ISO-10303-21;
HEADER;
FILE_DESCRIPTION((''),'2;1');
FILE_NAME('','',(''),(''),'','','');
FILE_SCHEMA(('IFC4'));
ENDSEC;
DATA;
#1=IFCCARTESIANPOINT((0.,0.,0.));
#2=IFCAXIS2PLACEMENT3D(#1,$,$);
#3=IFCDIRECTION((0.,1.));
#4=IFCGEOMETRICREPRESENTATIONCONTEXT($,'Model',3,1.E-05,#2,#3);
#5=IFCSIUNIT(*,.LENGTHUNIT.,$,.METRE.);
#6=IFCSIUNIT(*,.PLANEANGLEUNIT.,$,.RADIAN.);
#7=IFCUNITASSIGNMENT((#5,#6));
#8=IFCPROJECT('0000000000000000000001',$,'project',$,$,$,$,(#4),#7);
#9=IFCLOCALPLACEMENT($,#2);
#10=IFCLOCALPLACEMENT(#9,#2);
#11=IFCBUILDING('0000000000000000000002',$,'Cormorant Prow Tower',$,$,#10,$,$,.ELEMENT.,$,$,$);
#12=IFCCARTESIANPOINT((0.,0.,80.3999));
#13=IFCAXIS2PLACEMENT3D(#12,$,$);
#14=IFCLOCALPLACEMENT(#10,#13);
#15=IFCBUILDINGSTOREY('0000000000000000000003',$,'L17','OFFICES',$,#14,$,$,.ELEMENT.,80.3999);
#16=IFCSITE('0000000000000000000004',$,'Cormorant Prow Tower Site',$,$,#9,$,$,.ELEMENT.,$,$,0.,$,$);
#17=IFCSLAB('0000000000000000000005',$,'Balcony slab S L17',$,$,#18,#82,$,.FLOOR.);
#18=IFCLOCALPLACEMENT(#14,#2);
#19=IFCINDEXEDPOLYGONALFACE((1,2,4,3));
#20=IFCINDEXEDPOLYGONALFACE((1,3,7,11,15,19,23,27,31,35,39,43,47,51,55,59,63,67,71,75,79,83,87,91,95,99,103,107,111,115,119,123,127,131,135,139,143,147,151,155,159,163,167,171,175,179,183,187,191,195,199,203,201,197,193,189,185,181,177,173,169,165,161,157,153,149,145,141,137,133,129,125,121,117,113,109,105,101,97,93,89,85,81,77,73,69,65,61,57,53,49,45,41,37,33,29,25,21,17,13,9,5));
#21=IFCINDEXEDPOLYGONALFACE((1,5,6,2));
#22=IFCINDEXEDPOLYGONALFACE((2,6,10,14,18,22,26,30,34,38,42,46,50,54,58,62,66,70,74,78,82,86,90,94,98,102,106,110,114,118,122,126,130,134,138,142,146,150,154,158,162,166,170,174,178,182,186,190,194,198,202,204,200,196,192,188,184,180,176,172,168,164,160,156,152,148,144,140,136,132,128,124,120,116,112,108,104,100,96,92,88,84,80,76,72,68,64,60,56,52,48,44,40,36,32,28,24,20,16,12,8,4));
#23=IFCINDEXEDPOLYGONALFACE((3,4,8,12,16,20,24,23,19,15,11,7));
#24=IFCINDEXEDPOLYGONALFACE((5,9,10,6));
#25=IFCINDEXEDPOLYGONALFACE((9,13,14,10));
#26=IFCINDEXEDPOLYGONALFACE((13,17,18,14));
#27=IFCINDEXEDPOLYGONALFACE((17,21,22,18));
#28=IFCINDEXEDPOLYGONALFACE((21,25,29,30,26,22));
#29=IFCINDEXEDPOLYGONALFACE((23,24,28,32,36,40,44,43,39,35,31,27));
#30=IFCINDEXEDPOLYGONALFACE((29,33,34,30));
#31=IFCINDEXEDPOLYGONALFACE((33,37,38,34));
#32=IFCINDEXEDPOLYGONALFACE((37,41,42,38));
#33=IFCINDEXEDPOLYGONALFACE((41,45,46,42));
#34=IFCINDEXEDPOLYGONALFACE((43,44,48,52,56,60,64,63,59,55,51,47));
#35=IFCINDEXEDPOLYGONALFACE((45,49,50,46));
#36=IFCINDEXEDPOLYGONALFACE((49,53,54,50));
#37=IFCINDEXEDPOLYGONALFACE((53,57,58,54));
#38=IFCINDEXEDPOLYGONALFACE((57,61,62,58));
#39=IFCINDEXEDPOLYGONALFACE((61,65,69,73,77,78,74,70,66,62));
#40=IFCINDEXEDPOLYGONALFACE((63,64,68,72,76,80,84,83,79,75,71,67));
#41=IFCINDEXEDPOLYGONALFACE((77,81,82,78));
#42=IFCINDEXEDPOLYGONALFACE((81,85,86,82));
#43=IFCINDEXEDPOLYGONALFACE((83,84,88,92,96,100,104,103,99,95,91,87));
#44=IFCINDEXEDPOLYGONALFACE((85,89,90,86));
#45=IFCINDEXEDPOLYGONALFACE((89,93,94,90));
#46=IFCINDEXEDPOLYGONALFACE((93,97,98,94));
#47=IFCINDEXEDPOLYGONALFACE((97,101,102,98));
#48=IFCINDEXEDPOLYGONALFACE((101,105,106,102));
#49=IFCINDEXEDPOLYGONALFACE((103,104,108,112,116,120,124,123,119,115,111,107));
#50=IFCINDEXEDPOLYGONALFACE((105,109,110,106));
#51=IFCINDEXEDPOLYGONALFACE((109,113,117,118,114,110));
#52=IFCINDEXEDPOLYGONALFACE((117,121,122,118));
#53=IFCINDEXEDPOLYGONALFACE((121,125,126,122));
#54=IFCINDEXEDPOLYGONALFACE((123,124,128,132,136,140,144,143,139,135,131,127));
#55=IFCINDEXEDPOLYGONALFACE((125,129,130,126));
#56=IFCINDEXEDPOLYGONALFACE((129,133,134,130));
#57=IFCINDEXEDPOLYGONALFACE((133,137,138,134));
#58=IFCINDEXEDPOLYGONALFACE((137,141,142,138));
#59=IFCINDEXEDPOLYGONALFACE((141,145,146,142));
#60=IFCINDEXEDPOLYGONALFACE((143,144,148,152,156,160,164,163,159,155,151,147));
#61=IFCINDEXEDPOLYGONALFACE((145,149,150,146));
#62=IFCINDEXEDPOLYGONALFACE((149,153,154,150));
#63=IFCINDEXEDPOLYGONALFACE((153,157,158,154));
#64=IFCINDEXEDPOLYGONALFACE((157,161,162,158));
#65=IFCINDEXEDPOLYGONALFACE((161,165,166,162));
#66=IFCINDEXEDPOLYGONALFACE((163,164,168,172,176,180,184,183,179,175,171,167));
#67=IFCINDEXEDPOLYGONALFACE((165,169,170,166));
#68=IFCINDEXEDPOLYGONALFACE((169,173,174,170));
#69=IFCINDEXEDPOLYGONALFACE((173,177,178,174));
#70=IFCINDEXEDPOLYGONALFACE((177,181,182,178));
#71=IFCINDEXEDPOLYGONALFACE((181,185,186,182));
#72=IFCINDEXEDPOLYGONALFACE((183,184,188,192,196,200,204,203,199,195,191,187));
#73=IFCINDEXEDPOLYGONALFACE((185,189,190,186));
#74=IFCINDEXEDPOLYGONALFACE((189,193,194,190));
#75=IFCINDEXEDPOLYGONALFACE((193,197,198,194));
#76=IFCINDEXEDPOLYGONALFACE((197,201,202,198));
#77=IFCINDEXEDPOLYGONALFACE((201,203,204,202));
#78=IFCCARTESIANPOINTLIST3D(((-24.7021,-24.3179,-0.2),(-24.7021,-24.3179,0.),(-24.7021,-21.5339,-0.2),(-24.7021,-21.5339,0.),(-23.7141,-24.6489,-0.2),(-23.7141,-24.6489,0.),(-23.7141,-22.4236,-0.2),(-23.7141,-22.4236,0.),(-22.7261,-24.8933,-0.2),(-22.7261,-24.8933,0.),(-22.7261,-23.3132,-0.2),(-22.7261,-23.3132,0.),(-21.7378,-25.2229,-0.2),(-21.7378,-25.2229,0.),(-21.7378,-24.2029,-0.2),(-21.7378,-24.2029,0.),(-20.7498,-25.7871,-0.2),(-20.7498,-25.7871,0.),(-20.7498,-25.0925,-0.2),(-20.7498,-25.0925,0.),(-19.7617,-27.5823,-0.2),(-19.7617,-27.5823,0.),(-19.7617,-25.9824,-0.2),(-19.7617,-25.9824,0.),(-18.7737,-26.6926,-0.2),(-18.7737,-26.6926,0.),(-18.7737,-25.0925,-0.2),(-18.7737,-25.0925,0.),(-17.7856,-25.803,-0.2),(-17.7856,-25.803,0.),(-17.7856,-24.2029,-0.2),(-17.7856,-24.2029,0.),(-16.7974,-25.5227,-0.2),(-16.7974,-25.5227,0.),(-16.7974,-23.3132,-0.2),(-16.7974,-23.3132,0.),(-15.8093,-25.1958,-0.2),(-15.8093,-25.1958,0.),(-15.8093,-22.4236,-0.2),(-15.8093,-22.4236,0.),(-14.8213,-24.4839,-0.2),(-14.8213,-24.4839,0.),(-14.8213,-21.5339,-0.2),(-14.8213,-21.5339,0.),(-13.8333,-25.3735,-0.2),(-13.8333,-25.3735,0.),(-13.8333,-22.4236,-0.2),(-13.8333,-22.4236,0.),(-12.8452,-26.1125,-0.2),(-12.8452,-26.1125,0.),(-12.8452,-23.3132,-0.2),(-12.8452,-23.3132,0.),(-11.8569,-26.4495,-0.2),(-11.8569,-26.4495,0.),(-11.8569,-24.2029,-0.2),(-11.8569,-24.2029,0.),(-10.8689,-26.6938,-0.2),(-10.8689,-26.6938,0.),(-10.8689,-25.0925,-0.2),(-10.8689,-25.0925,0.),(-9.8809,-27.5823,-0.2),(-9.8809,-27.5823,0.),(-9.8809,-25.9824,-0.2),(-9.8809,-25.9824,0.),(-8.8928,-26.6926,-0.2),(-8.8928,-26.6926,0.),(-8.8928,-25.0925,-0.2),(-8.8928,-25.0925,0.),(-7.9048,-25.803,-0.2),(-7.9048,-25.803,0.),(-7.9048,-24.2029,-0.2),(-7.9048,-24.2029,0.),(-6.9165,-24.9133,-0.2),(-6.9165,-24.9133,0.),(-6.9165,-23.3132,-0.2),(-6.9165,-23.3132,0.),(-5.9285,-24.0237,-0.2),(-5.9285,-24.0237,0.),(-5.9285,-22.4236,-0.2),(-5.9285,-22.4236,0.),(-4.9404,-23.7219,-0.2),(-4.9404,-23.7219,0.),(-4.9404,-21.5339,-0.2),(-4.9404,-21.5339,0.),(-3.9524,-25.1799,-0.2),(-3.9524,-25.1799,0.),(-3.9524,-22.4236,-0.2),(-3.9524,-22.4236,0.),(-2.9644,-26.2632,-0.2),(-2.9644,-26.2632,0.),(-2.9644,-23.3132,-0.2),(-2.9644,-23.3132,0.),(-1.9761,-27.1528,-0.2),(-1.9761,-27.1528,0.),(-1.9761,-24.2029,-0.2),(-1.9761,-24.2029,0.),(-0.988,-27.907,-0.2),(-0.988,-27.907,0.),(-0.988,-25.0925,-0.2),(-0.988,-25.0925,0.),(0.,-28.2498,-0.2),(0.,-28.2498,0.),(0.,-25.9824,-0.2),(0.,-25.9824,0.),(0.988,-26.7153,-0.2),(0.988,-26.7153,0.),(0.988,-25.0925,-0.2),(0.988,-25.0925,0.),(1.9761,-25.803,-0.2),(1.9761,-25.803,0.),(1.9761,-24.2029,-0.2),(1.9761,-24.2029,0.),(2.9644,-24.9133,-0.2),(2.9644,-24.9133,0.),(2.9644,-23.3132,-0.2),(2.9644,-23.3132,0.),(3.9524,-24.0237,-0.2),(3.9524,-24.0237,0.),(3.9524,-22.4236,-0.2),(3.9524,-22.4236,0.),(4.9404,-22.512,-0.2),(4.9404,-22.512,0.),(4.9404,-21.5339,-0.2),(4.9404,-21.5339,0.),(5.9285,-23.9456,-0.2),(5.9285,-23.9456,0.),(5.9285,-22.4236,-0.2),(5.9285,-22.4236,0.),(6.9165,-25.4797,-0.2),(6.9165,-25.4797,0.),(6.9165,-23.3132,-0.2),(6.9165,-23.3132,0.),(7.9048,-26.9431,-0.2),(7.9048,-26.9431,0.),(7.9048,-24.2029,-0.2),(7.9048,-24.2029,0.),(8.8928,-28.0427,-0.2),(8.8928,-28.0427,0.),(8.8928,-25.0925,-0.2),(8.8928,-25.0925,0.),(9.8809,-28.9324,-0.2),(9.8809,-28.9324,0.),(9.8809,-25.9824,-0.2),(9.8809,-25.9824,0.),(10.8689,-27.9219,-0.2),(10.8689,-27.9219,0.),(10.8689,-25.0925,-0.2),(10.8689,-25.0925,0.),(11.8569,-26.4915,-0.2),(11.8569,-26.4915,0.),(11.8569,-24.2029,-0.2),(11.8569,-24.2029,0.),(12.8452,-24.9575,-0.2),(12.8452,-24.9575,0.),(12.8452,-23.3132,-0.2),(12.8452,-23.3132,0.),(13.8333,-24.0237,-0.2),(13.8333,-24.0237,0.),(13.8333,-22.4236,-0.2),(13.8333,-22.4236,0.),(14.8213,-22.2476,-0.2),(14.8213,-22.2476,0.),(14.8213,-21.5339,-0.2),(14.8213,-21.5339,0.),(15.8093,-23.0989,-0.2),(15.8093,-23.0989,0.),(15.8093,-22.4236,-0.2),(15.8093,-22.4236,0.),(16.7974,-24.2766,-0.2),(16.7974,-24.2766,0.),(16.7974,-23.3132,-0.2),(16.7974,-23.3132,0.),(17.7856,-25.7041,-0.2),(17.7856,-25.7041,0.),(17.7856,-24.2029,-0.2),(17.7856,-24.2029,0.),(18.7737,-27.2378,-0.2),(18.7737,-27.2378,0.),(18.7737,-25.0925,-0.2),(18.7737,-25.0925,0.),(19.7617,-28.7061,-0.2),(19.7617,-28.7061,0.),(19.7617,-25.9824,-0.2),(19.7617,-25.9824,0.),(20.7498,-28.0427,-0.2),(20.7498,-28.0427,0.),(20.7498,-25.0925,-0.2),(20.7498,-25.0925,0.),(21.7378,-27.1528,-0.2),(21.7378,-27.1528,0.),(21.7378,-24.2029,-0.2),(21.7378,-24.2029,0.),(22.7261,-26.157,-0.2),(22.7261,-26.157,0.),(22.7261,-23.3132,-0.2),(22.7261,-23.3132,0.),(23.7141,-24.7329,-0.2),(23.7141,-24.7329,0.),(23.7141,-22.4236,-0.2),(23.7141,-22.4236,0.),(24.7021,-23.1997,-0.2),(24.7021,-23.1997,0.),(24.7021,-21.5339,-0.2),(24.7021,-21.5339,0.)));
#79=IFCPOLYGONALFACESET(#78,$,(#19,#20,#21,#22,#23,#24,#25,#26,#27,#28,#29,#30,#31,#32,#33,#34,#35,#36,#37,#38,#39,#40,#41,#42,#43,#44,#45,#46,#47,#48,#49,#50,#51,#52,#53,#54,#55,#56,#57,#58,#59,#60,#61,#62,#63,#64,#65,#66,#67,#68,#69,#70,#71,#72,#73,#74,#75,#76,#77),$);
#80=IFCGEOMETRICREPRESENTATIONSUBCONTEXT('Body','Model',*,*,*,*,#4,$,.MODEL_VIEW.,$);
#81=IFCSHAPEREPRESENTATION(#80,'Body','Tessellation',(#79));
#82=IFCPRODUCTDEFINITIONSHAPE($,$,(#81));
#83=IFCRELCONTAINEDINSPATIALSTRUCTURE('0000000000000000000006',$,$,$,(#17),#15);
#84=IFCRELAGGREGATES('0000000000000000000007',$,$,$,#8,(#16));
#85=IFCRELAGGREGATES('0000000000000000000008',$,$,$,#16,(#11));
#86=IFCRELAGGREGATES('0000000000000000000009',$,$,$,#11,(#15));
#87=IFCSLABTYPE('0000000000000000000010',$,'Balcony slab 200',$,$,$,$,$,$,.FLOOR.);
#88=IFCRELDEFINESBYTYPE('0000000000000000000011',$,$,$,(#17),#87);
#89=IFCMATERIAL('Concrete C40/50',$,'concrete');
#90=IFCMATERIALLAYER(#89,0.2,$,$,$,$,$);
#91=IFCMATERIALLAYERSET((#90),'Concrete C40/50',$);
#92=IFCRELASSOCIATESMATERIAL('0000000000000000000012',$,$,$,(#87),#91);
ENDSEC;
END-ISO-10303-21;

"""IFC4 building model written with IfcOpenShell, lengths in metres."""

from ifc_helpers import new_model, si_unit, direction, frame, origin, place, context, subcontext, project, spatial, polyline, outline, extrude, material, layer, layer_set, type_object, element, save


model = new_model("IFC4")

# Units and contexts
model_context = context("Model", 3, precision=1e-05, world=origin(), true_north=direction((0.0, 1.0)))
body_context = subcontext(model_context, "Body", "Model", "MODEL_VIEW")
ifc_project = project(units=[si_unit("LENGTHUNIT", "METRE"), si_unit("PLANEANGLEUNIT", "RADIAN")], contexts=[model_context])

# Site, building, storey
site_placement = place(None, origin())
site = spatial("IfcSite", under=ifc_project, at=site_placement, Name="Cormorant Prow Tower Site", CompositionType="ELEMENT", RefElevation=0.0)
building_placement = place(site_placement, origin())
building = spatial("IfcBuilding", under=site, at=building_placement, Name="Cormorant Prow Tower", CompositionType="ELEMENT")
storey_placement = place(building_placement, frame((0.0, 0.0, 80.3999)))
storey = spatial("IfcBuildingStorey", under=building, at=storey_placement, Name="L17", Description="OFFICES", CompositionType="ELEMENT", Elevation=80.3999)

# Slab
ifc_material_1 = material(Name="Concrete C40/50", Category="concrete")
ifc_layer_1 = layer(ifc_material_1, 0.2)
ifc_layer_set_1 = layer_set([ifc_layer_1], Name="Concrete C40/50")
slab_type_1 = type_object("IfcSlabType", Name="Balcony slab 200", PredefinedType="FLOOR", material=ifc_layer_set_1)
slab_1_placement = place(storey_placement, frame((0.0, 0.0, -0.2)))
element("IfcSlab", 1, at=slab_1_placement, inside=storey, type_object=slab_type_1, Name="Balcony slab S L17", PredefinedType="FLOOR", context=body_context, shape_type="SweptSolid", body=[
    extrude(outline(polyline([(-24.7021, -21.5339), (-24.7021, -24.3179), (-23.7141, -24.6489), (-22.7261, -24.8933), (-21.7378, -25.2229), (-20.7498, -25.7871), (-19.7617, -27.5823), (-18.7737, -26.6926), (-17.7856, -25.803), (-16.7974, -25.5227), (-15.8093, -25.1958), (-14.8213, -24.4839), (-13.8333, -25.3735), (-12.8452, -26.1125), (-11.8569, -26.4495), (-10.8689, -26.6938), (-9.8809, -27.5823), (-8.8928, -26.6926), (-7.9048, -25.803), (-6.9165, -24.9133), (-5.9285, -24.0237), (-4.9404, -23.7219), (-3.9524, -25.1799), (-2.9644, -26.2632), (-1.9761, -27.1528), (-0.988, -27.907), (0.0, -28.2498), (0.988, -26.7153), (1.9761, -25.803), (2.9644, -24.9133), (3.9524, -24.0237), (4.9404, -22.512), (5.9285, -23.9456), (6.9165, -25.4797), (7.9048, -26.9431), (8.8928, -28.0427), (9.8809, -28.9324), (10.8689, -27.9219), (11.8569, -26.4915), (12.8452, -24.9575), (13.8333, -24.0237), (14.8213, -22.2476), (15.8093, -23.0989), (16.7974, -24.2766), (17.7856, -25.7041), (18.7737, -27.2378), (19.7617, -28.7061), (20.7498, -28.0427), (21.7378, -27.1528), (22.7261, -26.157), (23.7141, -24.7329), (24.7021, -23.1997), (24.7021, -21.5339), (23.7141, -22.4236), (22.7261, -23.3132), (21.7378, -24.2029), (20.7498, -25.0925), (19.7617, -25.9824), (18.7737, -25.0925), (17.7856, -24.2029), (16.7974, -23.3132), (15.8093, -22.4236), (14.8213, -21.5339), (13.8333, -22.4236), (12.8452, -23.3132), (11.8569, -24.2029), (10.8689, -25.0925), (9.8809, -25.9824), (8.8928, -25.0925), (7.9048, -24.2029), (6.9165, -23.3132), (5.9285, -22.4236), (4.9404, -21.5339), (3.9524, -22.4236), (2.9644, -23.3132), (1.9761, -24.2029), (0.988, -25.0925), (0.0, -25.9824), (-0.988, -25.0925), (-1.9761, -24.2029), (-2.9644, -23.3132), (-3.9524, -22.4236), (-4.9404, -21.5339), (-5.9285, -22.4236), (-6.9165, -23.3132), (-7.9048, -24.2029), (-8.8928, -25.0925), (-9.8809, -25.9824), (-10.8689, -25.0925), (-11.8569, -24.2029), (-12.8452, -23.3132), (-13.8333, -22.4236), (-14.8213, -21.5339), (-15.8093, -22.4236), (-16.7974, -23.3132), (-17.7856, -24.2029), (-18.7737, -25.0925), (-19.7617, -25.9824), (-20.7498, -25.0925), (-21.7378, -24.2029), (-22.7261, -23.3132), (-23.7141, -22.4236), (-24.7021, -21.5339)])), origin(), (0.0, 0.0, 1.0), 0.2),
])

save(model, "model.ifc")
